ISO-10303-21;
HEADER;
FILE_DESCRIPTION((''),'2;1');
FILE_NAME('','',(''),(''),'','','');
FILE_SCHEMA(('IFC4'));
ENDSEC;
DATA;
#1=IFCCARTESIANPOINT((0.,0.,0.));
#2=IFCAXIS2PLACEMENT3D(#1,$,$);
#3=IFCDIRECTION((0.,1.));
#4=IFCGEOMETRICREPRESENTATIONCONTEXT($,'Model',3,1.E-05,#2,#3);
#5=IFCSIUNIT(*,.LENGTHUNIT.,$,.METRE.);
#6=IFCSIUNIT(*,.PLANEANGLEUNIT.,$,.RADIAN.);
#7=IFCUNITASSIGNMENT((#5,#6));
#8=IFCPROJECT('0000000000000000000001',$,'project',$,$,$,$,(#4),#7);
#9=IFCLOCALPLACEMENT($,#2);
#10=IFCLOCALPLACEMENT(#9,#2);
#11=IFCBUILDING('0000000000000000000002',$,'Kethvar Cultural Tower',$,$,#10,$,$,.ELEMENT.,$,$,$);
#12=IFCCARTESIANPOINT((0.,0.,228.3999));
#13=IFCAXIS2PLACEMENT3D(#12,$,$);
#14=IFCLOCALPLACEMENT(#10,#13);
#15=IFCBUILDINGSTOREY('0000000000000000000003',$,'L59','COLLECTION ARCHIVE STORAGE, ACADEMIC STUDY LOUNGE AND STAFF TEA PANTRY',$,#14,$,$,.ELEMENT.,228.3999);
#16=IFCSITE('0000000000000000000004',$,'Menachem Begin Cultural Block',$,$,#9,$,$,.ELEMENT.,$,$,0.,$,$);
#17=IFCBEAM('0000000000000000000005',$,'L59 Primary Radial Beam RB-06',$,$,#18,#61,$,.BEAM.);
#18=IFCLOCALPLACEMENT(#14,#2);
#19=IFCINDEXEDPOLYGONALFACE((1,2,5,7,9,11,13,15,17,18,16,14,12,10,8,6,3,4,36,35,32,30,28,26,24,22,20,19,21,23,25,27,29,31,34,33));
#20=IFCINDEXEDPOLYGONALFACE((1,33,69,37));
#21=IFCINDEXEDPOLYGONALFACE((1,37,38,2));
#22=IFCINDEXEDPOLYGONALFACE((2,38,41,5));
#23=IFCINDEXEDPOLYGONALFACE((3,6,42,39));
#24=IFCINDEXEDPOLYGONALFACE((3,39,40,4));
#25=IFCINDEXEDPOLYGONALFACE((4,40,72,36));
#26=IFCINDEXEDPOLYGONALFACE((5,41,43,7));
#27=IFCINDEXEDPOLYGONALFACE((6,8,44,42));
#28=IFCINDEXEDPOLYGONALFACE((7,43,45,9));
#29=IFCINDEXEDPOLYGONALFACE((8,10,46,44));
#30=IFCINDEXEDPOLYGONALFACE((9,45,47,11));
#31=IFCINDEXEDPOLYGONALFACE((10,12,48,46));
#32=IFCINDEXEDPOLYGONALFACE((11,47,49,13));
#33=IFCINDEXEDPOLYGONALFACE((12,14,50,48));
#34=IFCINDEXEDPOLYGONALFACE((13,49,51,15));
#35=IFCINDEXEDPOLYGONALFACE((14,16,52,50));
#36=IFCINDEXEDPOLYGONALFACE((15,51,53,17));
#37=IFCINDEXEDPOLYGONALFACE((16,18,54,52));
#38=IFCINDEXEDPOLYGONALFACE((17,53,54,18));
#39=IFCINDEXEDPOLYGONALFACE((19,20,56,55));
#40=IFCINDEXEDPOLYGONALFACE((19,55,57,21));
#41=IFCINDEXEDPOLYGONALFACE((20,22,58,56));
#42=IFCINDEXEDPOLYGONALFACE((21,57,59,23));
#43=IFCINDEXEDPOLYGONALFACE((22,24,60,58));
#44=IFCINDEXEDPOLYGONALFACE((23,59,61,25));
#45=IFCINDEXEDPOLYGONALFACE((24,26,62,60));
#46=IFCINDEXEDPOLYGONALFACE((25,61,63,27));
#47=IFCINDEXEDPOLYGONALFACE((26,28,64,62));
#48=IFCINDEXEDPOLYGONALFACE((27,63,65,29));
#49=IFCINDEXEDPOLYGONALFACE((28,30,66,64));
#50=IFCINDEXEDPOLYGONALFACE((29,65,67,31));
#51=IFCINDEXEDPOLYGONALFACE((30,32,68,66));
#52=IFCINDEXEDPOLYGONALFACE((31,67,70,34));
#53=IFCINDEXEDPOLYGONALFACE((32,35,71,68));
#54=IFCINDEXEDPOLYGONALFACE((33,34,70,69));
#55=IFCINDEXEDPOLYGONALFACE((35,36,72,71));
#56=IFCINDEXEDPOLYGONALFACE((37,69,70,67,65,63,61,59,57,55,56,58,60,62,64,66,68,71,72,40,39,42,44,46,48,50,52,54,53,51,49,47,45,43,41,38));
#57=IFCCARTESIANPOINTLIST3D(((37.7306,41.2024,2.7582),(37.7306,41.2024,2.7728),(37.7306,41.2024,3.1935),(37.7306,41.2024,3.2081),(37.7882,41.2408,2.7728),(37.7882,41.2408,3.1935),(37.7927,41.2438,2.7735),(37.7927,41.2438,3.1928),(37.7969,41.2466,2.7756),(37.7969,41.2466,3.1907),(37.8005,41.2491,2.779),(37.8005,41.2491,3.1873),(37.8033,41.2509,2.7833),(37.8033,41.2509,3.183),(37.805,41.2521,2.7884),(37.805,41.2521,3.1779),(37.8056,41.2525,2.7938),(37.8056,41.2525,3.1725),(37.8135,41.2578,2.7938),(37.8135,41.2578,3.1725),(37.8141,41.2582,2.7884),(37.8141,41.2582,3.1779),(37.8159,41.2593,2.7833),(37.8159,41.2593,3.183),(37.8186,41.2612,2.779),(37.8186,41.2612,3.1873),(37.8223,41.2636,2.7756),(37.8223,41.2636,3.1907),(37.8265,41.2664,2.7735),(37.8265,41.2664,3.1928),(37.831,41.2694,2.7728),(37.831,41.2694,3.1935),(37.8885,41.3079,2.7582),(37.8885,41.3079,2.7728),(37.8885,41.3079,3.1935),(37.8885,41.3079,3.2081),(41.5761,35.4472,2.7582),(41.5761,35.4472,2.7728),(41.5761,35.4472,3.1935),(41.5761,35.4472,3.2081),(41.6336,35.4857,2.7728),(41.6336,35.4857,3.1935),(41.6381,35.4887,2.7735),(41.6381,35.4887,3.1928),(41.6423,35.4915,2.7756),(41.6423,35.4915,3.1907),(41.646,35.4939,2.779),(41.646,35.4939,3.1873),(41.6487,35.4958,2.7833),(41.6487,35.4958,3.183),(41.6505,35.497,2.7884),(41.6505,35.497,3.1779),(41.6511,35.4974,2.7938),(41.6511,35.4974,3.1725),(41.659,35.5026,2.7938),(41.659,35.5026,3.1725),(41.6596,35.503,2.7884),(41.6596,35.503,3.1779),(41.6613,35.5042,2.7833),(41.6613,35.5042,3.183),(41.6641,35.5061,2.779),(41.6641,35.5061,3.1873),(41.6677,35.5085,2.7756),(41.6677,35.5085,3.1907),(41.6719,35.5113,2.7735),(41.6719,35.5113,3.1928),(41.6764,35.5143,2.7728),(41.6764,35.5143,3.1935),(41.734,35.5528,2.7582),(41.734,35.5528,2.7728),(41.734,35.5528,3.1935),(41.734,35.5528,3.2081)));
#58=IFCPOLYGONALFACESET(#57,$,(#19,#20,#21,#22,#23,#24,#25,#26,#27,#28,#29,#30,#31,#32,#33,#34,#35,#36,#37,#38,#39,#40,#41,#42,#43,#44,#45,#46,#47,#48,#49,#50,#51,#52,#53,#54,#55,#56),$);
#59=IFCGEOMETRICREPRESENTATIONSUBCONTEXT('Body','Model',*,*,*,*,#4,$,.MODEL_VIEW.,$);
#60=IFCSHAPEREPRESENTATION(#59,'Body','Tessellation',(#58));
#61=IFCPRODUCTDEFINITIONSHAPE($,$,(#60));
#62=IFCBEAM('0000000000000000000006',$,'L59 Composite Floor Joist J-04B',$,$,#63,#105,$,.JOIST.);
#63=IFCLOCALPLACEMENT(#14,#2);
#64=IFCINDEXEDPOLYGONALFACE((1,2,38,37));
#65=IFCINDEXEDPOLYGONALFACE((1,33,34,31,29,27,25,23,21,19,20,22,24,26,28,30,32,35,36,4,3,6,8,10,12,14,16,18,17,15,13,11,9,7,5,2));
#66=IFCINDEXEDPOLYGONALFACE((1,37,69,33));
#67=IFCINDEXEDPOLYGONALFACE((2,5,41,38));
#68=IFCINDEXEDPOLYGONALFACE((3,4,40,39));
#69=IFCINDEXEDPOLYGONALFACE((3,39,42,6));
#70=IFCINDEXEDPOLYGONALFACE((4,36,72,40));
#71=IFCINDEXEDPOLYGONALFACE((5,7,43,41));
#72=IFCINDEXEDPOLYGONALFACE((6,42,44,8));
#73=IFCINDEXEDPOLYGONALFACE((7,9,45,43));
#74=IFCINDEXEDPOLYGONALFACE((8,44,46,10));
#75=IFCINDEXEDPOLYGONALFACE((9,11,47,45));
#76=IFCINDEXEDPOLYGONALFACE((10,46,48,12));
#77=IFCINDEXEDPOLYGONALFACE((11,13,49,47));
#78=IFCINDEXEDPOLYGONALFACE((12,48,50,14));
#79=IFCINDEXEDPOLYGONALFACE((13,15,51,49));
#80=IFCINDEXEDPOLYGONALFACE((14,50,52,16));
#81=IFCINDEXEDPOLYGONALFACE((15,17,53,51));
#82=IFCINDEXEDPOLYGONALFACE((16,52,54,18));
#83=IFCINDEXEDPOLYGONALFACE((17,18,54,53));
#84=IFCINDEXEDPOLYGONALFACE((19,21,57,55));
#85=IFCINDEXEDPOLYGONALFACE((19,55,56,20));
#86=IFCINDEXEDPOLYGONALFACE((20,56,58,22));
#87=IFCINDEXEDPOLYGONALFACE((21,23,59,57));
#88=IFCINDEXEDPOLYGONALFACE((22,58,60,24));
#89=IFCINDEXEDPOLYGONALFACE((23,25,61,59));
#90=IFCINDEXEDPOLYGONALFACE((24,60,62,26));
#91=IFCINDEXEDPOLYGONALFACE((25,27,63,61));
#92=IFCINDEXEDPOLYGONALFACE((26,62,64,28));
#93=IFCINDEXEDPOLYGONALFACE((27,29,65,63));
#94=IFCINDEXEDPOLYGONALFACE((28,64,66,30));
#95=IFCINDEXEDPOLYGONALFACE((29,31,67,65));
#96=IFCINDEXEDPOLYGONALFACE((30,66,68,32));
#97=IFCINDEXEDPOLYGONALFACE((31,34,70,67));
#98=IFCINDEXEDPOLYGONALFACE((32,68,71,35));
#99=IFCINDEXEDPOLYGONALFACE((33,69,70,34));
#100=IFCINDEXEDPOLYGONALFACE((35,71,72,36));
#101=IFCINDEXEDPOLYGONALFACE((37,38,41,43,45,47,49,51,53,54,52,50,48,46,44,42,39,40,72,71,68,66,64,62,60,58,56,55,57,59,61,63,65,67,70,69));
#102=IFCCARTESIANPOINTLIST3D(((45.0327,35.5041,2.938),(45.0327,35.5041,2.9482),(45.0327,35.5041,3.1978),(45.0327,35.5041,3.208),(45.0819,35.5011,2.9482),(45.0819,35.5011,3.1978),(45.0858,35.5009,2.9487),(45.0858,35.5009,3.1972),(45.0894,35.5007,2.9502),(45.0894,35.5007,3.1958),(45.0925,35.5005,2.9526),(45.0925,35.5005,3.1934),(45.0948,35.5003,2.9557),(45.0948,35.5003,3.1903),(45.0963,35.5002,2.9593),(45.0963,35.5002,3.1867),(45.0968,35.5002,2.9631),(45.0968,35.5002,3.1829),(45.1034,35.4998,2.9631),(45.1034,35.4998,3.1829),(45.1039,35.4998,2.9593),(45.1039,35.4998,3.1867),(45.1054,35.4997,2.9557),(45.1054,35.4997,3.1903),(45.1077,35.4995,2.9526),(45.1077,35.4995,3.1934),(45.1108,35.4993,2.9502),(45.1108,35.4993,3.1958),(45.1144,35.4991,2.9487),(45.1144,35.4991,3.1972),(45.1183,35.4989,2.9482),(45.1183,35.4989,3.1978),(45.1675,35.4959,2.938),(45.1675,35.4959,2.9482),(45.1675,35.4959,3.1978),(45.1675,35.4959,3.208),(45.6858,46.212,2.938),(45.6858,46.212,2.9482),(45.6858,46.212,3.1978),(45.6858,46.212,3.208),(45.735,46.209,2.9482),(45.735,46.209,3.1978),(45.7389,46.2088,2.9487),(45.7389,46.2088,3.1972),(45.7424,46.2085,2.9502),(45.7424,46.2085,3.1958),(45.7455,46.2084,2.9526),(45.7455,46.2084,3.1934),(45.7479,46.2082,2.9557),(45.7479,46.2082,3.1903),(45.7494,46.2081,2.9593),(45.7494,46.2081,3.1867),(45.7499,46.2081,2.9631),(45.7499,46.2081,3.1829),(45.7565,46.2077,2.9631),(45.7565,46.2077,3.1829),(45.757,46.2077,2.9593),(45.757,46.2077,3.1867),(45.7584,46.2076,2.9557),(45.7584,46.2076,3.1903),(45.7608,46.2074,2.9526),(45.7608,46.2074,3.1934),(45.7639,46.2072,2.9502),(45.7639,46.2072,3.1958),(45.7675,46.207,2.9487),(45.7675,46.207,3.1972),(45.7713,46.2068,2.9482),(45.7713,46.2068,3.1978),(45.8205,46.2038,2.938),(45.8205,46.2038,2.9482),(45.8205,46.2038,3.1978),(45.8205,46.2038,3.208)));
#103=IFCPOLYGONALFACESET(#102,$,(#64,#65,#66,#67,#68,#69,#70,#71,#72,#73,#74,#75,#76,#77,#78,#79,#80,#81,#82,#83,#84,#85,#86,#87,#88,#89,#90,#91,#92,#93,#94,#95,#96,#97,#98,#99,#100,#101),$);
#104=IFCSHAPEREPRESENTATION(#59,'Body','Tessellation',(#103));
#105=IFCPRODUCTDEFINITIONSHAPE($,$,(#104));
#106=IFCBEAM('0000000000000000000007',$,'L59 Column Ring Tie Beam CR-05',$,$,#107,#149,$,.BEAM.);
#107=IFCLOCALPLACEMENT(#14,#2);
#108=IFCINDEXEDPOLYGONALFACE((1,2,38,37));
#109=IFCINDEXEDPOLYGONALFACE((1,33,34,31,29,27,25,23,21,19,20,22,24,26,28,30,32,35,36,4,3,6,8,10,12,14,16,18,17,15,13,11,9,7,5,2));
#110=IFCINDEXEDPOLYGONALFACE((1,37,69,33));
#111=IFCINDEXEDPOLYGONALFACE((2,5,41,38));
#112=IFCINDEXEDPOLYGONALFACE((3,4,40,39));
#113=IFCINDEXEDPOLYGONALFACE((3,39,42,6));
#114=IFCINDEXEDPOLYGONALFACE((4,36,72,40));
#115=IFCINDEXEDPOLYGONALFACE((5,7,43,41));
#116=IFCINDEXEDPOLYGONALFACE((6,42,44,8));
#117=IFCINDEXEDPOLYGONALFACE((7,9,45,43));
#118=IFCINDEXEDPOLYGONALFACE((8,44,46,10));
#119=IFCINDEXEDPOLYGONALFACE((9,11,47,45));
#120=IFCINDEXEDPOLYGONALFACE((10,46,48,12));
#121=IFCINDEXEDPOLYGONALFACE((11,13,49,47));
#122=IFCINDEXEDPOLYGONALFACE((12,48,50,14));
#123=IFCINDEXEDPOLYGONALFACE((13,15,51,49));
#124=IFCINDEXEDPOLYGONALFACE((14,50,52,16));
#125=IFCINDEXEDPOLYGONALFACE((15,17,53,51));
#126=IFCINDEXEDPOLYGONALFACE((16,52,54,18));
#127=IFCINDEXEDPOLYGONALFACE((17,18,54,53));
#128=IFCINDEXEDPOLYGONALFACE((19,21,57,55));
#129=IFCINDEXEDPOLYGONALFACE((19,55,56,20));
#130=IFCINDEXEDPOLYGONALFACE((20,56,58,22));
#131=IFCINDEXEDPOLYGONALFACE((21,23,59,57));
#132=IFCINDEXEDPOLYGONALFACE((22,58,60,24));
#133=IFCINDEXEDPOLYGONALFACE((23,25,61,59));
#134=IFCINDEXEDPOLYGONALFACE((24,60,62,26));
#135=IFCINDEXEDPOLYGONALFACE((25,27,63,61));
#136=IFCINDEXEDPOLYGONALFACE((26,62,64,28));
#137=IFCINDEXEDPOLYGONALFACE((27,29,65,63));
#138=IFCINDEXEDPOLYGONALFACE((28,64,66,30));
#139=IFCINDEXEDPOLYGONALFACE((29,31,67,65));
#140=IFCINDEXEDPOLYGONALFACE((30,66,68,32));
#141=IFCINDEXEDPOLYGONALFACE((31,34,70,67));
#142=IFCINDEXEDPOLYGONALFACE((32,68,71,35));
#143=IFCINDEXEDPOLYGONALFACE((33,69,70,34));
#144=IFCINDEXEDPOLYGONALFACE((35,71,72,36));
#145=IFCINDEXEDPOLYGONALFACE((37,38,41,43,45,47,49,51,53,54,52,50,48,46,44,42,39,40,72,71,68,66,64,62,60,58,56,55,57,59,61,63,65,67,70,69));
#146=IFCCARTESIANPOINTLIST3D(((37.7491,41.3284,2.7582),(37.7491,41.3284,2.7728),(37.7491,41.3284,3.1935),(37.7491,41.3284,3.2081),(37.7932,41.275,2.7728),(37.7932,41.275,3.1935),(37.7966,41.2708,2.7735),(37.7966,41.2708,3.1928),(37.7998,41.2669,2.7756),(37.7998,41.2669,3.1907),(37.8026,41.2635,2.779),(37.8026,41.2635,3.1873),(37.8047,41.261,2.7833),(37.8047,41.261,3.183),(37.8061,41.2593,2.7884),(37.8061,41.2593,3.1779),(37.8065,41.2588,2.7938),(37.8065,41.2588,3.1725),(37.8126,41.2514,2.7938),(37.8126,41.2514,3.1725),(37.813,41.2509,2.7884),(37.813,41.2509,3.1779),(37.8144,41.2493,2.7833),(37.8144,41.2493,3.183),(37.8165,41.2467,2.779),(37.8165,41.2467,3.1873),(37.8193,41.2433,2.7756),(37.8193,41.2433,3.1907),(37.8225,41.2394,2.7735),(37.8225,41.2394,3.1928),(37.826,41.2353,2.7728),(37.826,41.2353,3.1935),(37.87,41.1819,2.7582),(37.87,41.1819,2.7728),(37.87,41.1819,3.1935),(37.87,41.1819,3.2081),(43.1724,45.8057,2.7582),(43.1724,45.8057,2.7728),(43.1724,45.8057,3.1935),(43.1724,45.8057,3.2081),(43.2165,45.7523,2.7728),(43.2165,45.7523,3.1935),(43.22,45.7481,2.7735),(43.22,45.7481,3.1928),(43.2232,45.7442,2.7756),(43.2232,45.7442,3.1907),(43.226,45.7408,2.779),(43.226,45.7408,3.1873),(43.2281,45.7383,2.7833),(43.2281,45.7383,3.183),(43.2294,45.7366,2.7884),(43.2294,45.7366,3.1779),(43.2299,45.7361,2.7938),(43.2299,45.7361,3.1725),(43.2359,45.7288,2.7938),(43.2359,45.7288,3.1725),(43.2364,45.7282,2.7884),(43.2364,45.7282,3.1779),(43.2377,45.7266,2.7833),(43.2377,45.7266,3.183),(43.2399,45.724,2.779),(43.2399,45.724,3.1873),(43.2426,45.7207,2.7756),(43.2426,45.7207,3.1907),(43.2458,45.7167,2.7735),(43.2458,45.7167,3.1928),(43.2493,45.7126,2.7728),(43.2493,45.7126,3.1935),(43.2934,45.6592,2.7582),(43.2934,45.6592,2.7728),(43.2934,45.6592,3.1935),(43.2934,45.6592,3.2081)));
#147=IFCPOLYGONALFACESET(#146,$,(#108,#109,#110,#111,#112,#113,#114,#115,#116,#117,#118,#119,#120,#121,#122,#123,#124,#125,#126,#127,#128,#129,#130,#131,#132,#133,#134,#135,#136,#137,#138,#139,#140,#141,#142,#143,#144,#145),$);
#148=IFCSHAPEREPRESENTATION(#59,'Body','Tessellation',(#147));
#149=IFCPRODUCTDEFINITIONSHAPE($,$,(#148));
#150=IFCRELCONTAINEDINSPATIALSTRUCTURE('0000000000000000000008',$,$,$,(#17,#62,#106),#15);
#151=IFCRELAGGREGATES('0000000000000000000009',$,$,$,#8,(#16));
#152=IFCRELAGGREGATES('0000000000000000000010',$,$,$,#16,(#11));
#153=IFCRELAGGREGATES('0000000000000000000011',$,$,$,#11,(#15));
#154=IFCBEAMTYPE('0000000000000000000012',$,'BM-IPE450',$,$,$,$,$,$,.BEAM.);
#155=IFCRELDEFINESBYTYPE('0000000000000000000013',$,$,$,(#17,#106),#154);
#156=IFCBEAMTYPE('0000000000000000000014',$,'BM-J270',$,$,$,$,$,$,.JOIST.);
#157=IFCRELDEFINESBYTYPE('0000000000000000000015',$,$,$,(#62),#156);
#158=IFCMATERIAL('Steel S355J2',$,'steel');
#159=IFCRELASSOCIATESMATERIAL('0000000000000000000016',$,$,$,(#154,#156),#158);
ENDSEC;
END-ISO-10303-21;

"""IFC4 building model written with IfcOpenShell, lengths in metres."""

from ifc_helpers import new_model, si_unit, direction, frame, origin, origin_2d, place, context, subcontext, project, spatial, i_section, extrude, source, transform, mapped, material, material_profile, profile_set, type_object, element, save


model = new_model("IFC4")

# Units and contexts
model_context = context("Model", 3, precision=1e-05, world=origin(), true_north=direction((0.0, 1.0)))
body_context = subcontext(model_context, "Body", "Model", "MODEL_VIEW")
ifc_project = project(units=[si_unit("LENGTHUNIT", "METRE"), si_unit("PLANEANGLEUNIT", "RADIAN")], contexts=[model_context])

# Site, building, storey
site_placement = place(None, origin())
site = spatial("IfcSite", under=ifc_project, at=site_placement, Name="Menachem Begin Cultural Block", CompositionType="ELEMENT", RefElevation=0.0)
building_placement = place(site_placement, origin())
building = spatial("IfcBuilding", under=site, at=building_placement, Name="Kethvar Cultural Tower", CompositionType="ELEMENT")
storey_placement = place(building_placement, frame((0.0, 0.0, 228.3999)))
storey = spatial("IfcBuildingStorey", under=building, at=storey_placement, Name="L59", Description="COLLECTION ARCHIVE STORAGE, ACADEMIC STUDY LOUNGE AND STAFF TEA PANTRY", CompositionType="ELEMENT", Elevation=228.3999)

# Beams
ifc_material_1 = material(Name="Steel S355J2", Category="steel")
ifc_material_profile_1 = material_profile(ifc_material_1, i_section(OverallWidth=0.1899, OverallDepth=0.45, WebThickness=0.0095, FlangeThickness=0.0146, FilletRadius=0.021, at=origin_2d()), Name="Steel S355J2 — IPE450")
ifc_profile_set_1 = profile_set([ifc_material_profile_1], Name="Steel S355J2 — IPE450")
beam_type_1 = type_object("IfcBeamType", Name="BM-IPE450", PredefinedType="BEAM", material=ifc_profile_set_1)
shared_shape_1 = source(origin(), body_context, "Body", "SweptSolid", [
    extrude(i_section(OverallWidth=0.1899, OverallDepth=0.45, WebThickness=0.0095, FlangeThickness=0.0146, FilletRadius=0.021, at=origin_2d()), origin(), (0.0, 0.0, 1.0), 6.9216),
])
beam_1_placement = place(storey_placement, frame((41.655, 35.5, 2.9832), z_axis=(-0.555571, 0.831469, 0.0), x_axis=(-0.831469, -0.555571, 0.0)))
element("IfcBeam", 1, at=beam_1_placement, inside=storey, type_object=beam_type_1, Name="L59 Primary Radial Beam RB-06", PredefinedType="BEAM", context=body_context, shape_type="MappedRepresentation", body=[
    mapped(shared_shape_1, transform((0.0, 0.0, 0.0), scale=1.0)),
])
ifc_material_profile_2 = material_profile(ifc_material_1, i_section(OverallWidth=0.135, OverallDepth=0.27, WebThickness=0.0066, FlangeThickness=0.0103, FilletRadius=0.0149, at=origin_2d()), Name="Steel S355J2 — IPE270")
ifc_profile_set_2 = profile_set([ifc_material_profile_2], Name="Steel S355J2 — IPE270")
beam_type_2 = type_object("IfcBeamType", Name="BM-J270", PredefinedType="JOIST", material=ifc_profile_set_2)
shared_shape_2 = source(origin(), body_context, "Body", "SweptSolid", [
    extrude(i_section(OverallWidth=0.135, OverallDepth=0.27, WebThickness=0.0066, FlangeThickness=0.0103, FilletRadius=0.0149, at=origin_2d()), origin(), (0.0, 0.0, 1.0), 10.7278),
])
beam_2_placement = place(storey_placement, frame((45.1001, 35.5, 3.073), z_axis=(0.060876, 0.998145, 0.0), x_axis=(-0.998145, 0.060876, 0.0)))
element("IfcBeam", 2, at=beam_2_placement, inside=storey, type_object=beam_type_2, Name="L59 Composite Floor Joist J-04B", PredefinedType="JOIST", context=body_context, shape_type="MappedRepresentation", body=[
    mapped(shared_shape_2, transform((0.0, 0.0, 0.0), scale=1.0)),
])
shared_shape_3 = source(origin(), body_context, "Body", "SweptSolid", [
    extrude(i_section(OverallWidth=0.1899, OverallDepth=0.45, WebThickness=0.0095, FlangeThickness=0.0146, FilletRadius=0.021, at=origin_2d()), origin(), (0.0, 0.0, 1.0), 7.0327),
])
beam_3_placement = place(storey_placement, frame((43.2329, 45.7324, 2.9832), z_axis=(-0.771161, -0.63664, 0.0), x_axis=(0.63664, -0.771161, 0.0)))
element("IfcBeam", 3, at=beam_3_placement, inside=storey, type_object=beam_type_1, Name="L59 Column Ring Tie Beam CR-05", PredefinedType="BEAM", context=body_context, shape_type="MappedRepresentation", body=[
    mapped(shared_shape_3, transform((0.0, 0.0, 0.0), scale=1.0)),
])

save(model, "model.ifc")
